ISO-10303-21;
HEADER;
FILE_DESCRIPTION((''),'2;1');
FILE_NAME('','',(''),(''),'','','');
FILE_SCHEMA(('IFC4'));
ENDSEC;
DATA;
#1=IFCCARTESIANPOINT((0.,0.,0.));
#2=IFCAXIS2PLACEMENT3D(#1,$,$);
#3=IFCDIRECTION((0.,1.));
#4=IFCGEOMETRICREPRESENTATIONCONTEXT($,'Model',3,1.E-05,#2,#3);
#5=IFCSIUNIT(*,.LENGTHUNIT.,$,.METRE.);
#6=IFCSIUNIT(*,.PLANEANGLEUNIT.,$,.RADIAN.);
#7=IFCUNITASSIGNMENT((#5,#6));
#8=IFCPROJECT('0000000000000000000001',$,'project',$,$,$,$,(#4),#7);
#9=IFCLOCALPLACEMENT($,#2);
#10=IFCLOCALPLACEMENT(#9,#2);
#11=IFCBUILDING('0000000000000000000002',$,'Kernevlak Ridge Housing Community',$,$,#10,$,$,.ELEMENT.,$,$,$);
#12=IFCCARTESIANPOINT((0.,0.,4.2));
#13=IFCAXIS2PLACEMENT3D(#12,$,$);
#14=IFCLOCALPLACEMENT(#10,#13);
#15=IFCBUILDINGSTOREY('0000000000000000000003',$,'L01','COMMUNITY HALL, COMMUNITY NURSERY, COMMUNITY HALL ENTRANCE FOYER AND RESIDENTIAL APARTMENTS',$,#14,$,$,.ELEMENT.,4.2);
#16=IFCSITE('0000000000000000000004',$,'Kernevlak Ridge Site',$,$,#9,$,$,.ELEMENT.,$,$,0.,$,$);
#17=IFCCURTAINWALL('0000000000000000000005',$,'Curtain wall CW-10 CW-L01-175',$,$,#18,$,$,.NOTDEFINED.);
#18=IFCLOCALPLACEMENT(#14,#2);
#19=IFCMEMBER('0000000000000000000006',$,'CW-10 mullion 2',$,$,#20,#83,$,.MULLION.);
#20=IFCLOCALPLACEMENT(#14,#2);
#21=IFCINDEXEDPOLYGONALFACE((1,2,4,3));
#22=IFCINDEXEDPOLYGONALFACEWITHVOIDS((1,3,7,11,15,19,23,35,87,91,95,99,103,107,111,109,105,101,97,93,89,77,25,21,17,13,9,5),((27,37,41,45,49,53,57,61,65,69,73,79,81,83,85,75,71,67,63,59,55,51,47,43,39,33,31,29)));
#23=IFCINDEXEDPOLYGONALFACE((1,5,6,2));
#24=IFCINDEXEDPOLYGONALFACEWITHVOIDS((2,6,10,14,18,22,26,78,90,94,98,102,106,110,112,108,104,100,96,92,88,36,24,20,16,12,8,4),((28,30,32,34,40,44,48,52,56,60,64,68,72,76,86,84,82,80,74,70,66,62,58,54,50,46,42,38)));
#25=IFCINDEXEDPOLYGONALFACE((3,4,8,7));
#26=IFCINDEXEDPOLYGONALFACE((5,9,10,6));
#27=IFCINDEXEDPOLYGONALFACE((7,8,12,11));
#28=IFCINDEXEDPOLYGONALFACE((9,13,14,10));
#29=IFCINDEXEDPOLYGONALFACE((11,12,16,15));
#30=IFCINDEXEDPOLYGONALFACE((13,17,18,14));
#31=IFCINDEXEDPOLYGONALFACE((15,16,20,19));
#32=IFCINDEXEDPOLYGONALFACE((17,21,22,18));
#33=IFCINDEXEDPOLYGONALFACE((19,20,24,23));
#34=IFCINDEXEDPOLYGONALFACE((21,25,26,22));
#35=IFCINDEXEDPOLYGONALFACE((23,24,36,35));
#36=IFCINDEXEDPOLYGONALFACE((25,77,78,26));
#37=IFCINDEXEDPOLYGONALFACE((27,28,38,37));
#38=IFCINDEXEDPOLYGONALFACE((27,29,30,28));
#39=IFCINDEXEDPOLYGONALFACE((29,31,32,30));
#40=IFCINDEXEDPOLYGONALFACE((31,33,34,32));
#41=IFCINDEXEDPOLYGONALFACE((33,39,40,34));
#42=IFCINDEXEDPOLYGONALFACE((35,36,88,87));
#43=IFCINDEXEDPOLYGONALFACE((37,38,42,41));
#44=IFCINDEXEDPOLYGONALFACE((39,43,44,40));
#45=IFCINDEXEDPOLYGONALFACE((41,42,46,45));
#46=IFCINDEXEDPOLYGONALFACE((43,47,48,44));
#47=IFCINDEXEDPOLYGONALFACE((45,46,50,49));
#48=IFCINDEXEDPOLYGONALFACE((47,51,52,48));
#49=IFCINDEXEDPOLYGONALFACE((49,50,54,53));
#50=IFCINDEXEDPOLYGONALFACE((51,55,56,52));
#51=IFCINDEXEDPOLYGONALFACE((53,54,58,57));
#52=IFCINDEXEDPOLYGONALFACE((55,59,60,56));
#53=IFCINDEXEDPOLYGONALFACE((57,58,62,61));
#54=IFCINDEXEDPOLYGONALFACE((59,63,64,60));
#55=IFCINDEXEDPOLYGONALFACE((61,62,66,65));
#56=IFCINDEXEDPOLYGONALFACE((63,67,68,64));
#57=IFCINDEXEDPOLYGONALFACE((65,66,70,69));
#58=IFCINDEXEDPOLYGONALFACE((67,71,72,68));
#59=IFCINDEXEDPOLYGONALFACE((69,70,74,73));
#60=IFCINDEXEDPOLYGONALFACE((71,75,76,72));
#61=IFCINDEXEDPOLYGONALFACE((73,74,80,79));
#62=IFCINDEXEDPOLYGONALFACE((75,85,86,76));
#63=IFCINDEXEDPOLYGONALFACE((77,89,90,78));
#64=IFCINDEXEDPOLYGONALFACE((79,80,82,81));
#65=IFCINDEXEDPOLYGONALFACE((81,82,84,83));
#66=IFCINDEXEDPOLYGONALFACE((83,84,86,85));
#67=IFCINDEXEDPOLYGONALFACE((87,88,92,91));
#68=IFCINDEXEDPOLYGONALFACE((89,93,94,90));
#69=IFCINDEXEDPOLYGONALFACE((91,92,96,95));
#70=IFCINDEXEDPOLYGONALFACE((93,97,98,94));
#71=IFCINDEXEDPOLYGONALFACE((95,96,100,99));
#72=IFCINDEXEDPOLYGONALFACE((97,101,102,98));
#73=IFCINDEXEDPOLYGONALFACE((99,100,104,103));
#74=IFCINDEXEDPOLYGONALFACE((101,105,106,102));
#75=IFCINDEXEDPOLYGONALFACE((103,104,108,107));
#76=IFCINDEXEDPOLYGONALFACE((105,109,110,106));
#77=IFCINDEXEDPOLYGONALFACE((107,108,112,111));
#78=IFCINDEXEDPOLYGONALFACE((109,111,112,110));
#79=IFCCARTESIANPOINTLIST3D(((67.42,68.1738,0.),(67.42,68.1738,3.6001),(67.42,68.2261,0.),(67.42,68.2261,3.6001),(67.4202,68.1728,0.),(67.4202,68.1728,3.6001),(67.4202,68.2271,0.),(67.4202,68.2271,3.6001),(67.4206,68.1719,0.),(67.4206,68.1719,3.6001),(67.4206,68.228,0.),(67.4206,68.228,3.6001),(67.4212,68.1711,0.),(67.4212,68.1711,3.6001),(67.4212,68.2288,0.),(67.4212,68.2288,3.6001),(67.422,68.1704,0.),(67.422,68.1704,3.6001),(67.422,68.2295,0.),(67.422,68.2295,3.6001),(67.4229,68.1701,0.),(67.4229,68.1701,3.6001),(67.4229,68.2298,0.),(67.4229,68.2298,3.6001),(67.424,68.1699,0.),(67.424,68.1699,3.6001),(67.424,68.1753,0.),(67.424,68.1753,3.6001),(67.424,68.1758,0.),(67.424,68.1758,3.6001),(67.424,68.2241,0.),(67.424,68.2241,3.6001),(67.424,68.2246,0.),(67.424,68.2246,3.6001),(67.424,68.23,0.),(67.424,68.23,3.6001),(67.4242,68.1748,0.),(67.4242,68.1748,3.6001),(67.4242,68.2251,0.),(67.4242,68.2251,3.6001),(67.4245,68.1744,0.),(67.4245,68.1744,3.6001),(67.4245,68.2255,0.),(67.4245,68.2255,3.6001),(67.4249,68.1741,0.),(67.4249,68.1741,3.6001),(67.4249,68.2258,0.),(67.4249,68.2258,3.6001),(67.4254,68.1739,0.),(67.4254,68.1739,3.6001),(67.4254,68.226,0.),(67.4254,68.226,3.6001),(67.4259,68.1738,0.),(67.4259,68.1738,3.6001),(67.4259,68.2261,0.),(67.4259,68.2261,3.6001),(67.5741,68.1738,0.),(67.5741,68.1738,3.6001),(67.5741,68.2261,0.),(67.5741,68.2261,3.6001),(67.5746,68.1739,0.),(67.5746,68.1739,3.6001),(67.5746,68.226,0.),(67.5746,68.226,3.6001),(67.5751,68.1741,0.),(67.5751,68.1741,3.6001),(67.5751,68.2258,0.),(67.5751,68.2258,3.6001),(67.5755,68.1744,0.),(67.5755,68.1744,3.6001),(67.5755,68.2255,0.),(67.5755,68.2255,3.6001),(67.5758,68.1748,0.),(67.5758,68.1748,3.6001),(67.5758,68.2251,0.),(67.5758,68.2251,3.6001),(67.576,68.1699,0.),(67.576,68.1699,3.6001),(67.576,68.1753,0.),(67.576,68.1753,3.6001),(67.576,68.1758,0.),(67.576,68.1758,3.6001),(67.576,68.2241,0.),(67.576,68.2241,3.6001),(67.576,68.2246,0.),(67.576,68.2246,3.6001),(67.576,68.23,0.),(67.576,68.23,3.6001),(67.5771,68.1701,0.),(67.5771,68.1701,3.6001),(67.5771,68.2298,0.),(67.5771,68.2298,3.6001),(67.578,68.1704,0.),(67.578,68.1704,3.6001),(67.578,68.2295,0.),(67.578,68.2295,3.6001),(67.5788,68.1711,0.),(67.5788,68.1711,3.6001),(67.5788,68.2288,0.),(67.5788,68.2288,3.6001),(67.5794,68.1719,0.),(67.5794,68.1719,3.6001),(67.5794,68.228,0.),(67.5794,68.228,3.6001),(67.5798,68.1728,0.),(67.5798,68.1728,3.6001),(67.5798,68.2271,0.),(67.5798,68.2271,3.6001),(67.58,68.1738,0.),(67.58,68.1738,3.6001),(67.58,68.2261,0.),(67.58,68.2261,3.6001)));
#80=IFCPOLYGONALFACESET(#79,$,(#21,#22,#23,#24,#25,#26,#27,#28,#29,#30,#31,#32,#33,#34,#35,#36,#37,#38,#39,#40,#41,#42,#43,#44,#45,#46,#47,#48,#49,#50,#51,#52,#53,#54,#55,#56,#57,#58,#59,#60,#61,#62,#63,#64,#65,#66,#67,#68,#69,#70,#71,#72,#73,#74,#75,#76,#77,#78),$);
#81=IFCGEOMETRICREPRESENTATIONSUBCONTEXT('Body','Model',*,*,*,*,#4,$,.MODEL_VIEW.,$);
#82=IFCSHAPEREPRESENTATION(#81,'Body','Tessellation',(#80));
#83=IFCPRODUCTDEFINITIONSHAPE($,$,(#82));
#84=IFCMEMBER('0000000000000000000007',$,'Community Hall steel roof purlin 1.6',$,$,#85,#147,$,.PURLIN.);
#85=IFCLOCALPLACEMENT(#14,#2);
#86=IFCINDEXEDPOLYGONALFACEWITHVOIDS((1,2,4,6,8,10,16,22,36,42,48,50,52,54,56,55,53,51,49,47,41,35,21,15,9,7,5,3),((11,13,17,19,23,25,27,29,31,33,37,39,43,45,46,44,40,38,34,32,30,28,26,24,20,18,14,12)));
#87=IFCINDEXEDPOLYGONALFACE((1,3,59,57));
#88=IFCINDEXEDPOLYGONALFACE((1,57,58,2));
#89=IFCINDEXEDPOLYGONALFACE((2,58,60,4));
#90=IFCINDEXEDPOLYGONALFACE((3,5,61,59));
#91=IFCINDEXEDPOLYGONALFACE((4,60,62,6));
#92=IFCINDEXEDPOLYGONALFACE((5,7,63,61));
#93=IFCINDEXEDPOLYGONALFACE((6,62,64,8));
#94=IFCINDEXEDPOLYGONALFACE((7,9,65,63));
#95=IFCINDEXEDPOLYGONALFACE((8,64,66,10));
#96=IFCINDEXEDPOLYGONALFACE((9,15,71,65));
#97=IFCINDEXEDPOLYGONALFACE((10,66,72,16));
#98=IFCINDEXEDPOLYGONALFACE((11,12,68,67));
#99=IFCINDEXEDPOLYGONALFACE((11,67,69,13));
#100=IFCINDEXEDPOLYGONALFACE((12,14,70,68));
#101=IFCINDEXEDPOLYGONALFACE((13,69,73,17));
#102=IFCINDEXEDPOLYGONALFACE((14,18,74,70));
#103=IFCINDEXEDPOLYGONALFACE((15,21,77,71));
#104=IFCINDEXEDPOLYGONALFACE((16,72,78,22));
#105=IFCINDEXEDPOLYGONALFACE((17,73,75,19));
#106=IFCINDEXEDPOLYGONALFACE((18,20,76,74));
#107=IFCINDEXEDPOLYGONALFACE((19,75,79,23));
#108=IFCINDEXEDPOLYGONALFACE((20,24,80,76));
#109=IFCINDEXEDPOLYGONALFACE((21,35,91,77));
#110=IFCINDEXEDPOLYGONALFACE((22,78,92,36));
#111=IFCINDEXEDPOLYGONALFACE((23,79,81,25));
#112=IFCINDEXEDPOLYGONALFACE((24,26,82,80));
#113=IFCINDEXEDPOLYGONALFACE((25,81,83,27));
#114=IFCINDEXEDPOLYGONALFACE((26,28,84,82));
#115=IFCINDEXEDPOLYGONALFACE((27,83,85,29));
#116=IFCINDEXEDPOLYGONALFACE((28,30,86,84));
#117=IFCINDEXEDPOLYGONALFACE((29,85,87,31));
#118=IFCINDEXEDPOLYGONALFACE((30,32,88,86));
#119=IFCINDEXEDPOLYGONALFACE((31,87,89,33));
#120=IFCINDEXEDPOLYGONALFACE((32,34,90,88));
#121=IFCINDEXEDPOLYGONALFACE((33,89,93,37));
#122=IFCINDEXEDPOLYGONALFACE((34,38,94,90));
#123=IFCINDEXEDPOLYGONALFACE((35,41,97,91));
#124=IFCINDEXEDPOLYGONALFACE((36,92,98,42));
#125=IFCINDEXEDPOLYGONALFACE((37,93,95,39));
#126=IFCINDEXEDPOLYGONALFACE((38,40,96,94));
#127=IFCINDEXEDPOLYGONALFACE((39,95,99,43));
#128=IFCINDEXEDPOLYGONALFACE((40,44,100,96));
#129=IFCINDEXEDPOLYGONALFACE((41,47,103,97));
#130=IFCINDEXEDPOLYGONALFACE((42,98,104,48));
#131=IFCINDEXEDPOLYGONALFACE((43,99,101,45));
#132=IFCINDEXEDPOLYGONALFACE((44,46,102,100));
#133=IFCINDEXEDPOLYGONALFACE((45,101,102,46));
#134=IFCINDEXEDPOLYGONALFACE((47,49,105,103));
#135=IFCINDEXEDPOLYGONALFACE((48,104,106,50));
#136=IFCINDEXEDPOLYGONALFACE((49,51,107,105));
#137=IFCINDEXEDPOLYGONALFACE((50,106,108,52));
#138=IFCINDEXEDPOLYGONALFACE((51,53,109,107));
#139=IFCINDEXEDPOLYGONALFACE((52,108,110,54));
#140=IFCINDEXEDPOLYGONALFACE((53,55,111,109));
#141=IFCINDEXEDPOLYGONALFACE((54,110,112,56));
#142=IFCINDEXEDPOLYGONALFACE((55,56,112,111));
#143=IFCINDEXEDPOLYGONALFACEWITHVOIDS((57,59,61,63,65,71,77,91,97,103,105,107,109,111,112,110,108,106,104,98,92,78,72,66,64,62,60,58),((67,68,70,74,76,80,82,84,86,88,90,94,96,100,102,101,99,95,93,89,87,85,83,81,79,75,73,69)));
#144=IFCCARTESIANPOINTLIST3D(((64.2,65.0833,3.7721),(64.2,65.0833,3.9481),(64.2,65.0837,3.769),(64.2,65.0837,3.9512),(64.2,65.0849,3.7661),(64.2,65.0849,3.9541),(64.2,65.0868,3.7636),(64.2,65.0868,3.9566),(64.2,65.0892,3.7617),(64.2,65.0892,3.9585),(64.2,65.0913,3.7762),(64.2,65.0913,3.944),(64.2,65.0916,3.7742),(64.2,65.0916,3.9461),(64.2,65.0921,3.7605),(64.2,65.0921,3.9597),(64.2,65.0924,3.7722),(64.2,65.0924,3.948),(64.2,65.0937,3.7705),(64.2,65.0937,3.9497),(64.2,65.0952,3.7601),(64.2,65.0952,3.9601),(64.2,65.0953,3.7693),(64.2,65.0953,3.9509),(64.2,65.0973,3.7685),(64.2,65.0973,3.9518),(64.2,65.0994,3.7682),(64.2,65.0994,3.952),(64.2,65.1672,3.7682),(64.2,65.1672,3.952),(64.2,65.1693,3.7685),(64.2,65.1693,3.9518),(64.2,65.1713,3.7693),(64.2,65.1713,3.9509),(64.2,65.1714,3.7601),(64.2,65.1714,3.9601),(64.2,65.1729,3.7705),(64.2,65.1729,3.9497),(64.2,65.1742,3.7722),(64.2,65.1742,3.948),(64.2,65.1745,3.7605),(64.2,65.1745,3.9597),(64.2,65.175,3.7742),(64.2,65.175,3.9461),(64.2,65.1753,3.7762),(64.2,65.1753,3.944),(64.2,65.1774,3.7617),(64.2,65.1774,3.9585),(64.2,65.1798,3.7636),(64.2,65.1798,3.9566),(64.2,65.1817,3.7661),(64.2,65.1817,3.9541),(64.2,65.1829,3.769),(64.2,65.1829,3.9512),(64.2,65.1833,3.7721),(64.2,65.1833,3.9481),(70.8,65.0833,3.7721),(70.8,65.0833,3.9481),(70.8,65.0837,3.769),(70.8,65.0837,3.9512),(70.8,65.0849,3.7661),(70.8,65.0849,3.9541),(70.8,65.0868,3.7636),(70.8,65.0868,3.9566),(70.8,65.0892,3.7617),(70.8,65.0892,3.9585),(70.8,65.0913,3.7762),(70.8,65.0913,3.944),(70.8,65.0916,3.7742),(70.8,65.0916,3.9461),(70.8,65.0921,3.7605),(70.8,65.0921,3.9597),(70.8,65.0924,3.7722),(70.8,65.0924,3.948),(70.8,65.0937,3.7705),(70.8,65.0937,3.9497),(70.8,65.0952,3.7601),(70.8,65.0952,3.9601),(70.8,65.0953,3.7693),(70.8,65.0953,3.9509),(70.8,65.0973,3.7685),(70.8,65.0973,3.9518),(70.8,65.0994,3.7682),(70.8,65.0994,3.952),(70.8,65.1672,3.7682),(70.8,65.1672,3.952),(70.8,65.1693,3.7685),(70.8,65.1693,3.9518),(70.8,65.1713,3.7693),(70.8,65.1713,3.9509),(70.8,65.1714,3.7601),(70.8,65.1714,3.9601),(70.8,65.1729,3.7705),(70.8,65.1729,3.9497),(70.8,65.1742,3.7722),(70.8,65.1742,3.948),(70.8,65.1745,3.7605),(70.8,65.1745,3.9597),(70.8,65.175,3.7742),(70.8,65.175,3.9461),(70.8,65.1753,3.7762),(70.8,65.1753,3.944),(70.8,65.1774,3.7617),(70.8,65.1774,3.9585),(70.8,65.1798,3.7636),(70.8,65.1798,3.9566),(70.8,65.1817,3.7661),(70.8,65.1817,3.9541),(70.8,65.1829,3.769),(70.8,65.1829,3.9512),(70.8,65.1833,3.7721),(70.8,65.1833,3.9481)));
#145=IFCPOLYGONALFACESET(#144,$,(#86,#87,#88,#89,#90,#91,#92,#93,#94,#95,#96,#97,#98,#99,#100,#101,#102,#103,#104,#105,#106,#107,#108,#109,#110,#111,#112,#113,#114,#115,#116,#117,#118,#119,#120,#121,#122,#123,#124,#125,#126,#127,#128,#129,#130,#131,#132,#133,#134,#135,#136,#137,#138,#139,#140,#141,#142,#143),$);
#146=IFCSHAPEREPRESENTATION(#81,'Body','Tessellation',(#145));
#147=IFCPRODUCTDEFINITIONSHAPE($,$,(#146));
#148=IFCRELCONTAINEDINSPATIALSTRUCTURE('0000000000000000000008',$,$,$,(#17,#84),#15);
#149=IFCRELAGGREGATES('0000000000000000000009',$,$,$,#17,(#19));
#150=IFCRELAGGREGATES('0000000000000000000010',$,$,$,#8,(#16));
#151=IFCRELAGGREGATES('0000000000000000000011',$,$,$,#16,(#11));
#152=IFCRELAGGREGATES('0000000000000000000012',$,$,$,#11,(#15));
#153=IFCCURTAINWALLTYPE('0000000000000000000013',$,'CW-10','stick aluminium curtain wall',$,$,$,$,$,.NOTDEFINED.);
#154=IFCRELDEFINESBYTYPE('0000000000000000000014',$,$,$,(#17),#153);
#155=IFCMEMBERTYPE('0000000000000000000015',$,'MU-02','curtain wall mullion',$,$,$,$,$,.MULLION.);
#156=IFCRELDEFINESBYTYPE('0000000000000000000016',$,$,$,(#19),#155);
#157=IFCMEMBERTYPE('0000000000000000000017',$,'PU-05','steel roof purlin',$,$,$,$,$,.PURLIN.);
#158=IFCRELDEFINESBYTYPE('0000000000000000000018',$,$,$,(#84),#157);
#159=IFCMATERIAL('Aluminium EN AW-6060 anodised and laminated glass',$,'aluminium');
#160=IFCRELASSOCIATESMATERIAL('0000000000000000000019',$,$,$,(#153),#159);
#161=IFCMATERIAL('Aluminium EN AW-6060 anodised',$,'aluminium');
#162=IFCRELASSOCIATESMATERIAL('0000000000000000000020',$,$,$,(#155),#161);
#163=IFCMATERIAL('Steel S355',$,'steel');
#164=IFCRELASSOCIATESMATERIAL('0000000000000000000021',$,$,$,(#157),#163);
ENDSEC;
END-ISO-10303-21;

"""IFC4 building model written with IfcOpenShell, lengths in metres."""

from ifc_helpers import new_model, si_unit, direction, frame, origin, origin_2d, place, context, subcontext, project, spatial, hollow_rectangle, extrude, material, material_profile, profile_set, type_object, element, aggregate, save


model = new_model("IFC4")

# Units and contexts
model_context = context("Model", 3, precision=1e-05, world=origin(), true_north=direction((0.0, 1.0)))
body_context = subcontext(model_context, "Body", "Model", "MODEL_VIEW")
ifc_project = project(units=[si_unit("LENGTHUNIT", "METRE"), si_unit("PLANEANGLEUNIT", "RADIAN")], contexts=[model_context])

# Site, building, storey
site_placement = place(None, origin())
site = spatial("IfcSite", under=ifc_project, at=site_placement, Name="Kernevlak Ridge Site", CompositionType="ELEMENT", RefElevation=0.0)
building_placement = place(site_placement, origin())
building = spatial("IfcBuilding", under=site, at=building_placement, Name="Kernevlak Ridge Housing Community", CompositionType="ELEMENT")
storey_placement = place(building_placement, frame((0.0, 0.0, 4.2)))
storey = spatial("IfcBuildingStorey", under=building, at=storey_placement, Name="L01", Description="COMMUNITY HALL, COMMUNITY NURSERY, COMMUNITY HALL ENTRANCE FOYER AND RESIDENTIAL APARTMENTS", CompositionType="ELEMENT", Elevation=4.2)

# Shared definitions
ifc_material_1 = material(Name="Steel S355", Category="steel")

# Curtain wall, member
ifc_material_2 = material(Name="Aluminium EN AW-6060 anodised and laminated glass", Category="aluminium")
curtain_wall_type = type_object("IfcCurtainWallType", Name="CW-10", Description="stick aluminium curtain wall", PredefinedType="NOTDEFINED", material=ifc_material_2)
curtain_wall_placement = place(storey_placement, origin())
curtain_wall = element("IfcCurtainWall", 1, at=curtain_wall_placement, inside=storey, type_object=curtain_wall_type, Name="Curtain wall CW-10 CW-L01-175", PredefinedType="NOTDEFINED")
ifc_material_3 = material(Name="Aluminium EN AW-6060 anodised", Category="aluminium")
ifc_material_profile_1 = material_profile(ifc_material_3, hollow_rectangle(XDim=0.0601, YDim=0.1599, WallThickness=0.0039, InnerFilletRadius=0.002, OuterFilletRadius=0.0039, at=origin_2d()), Name="ALU 60x160x4")
ifc_profile_set_1 = profile_set([ifc_material_profile_1], Name="Aluminium EN AW-6060 anodised")
member_type_1 = type_object("IfcMemberType", Name="MU-02", Description="curtain wall mullion", PredefinedType="MULLION", material=ifc_profile_set_1)
member_1_placement = place(storey_placement, frame((67.5, 68.2, 0.0), z_axis=(0.0, 0.0, 1.0), x_axis=(0.0, 1.0, 0.0)))
member_1 = element("IfcMember", 2, at=member_1_placement, type_object=member_type_1, Name="CW-10 mullion 2", PredefinedType="MULLION", context=body_context, shape_type="SweptSolid", body=[
    extrude(hollow_rectangle(XDim=0.0601, YDim=0.1599, WallThickness=0.0039, InnerFilletRadius=0.002, OuterFilletRadius=0.0039, at=origin_2d()), origin(), (0.0, 0.0, 1.0), 3.6001),
])

# Member
ifc_material_profile_2 = material_profile(ifc_material_1, hollow_rectangle(XDim=0.1001, YDim=0.2, WallThickness=0.0081, InnerFilletRadius=0.0081, OuterFilletRadius=0.012, at=origin_2d()), Name="RHS 200x100x8")
ifc_profile_set_2 = profile_set([ifc_material_profile_2], Name="Steel S355")
member_type_2 = type_object("IfcMemberType", Name="PU-05", Description="steel roof purlin", PredefinedType="PURLIN", material=ifc_profile_set_2)
member_2_placement = place(storey_placement, frame((64.2, 65.1333, 3.8601), z_axis=(1.0, 0.0, 0.0), x_axis=(0.0, 1.0, 0.0)))
element("IfcMember", 3, at=member_2_placement, inside=storey, type_object=member_type_2, Name="Community Hall steel roof purlin 1.6", PredefinedType="PURLIN", context=body_context, shape_type="SweptSolid", body=[
    extrude(hollow_rectangle(XDim=0.1001, YDim=0.2, WallThickness=0.0081, InnerFilletRadius=0.0081, OuterFilletRadius=0.012, at=origin_2d()), origin(), (0.0, 0.0, 1.0), 6.6001),
])

aggregate(curtain_wall, [member_1])

save(model, "model.ifc")
